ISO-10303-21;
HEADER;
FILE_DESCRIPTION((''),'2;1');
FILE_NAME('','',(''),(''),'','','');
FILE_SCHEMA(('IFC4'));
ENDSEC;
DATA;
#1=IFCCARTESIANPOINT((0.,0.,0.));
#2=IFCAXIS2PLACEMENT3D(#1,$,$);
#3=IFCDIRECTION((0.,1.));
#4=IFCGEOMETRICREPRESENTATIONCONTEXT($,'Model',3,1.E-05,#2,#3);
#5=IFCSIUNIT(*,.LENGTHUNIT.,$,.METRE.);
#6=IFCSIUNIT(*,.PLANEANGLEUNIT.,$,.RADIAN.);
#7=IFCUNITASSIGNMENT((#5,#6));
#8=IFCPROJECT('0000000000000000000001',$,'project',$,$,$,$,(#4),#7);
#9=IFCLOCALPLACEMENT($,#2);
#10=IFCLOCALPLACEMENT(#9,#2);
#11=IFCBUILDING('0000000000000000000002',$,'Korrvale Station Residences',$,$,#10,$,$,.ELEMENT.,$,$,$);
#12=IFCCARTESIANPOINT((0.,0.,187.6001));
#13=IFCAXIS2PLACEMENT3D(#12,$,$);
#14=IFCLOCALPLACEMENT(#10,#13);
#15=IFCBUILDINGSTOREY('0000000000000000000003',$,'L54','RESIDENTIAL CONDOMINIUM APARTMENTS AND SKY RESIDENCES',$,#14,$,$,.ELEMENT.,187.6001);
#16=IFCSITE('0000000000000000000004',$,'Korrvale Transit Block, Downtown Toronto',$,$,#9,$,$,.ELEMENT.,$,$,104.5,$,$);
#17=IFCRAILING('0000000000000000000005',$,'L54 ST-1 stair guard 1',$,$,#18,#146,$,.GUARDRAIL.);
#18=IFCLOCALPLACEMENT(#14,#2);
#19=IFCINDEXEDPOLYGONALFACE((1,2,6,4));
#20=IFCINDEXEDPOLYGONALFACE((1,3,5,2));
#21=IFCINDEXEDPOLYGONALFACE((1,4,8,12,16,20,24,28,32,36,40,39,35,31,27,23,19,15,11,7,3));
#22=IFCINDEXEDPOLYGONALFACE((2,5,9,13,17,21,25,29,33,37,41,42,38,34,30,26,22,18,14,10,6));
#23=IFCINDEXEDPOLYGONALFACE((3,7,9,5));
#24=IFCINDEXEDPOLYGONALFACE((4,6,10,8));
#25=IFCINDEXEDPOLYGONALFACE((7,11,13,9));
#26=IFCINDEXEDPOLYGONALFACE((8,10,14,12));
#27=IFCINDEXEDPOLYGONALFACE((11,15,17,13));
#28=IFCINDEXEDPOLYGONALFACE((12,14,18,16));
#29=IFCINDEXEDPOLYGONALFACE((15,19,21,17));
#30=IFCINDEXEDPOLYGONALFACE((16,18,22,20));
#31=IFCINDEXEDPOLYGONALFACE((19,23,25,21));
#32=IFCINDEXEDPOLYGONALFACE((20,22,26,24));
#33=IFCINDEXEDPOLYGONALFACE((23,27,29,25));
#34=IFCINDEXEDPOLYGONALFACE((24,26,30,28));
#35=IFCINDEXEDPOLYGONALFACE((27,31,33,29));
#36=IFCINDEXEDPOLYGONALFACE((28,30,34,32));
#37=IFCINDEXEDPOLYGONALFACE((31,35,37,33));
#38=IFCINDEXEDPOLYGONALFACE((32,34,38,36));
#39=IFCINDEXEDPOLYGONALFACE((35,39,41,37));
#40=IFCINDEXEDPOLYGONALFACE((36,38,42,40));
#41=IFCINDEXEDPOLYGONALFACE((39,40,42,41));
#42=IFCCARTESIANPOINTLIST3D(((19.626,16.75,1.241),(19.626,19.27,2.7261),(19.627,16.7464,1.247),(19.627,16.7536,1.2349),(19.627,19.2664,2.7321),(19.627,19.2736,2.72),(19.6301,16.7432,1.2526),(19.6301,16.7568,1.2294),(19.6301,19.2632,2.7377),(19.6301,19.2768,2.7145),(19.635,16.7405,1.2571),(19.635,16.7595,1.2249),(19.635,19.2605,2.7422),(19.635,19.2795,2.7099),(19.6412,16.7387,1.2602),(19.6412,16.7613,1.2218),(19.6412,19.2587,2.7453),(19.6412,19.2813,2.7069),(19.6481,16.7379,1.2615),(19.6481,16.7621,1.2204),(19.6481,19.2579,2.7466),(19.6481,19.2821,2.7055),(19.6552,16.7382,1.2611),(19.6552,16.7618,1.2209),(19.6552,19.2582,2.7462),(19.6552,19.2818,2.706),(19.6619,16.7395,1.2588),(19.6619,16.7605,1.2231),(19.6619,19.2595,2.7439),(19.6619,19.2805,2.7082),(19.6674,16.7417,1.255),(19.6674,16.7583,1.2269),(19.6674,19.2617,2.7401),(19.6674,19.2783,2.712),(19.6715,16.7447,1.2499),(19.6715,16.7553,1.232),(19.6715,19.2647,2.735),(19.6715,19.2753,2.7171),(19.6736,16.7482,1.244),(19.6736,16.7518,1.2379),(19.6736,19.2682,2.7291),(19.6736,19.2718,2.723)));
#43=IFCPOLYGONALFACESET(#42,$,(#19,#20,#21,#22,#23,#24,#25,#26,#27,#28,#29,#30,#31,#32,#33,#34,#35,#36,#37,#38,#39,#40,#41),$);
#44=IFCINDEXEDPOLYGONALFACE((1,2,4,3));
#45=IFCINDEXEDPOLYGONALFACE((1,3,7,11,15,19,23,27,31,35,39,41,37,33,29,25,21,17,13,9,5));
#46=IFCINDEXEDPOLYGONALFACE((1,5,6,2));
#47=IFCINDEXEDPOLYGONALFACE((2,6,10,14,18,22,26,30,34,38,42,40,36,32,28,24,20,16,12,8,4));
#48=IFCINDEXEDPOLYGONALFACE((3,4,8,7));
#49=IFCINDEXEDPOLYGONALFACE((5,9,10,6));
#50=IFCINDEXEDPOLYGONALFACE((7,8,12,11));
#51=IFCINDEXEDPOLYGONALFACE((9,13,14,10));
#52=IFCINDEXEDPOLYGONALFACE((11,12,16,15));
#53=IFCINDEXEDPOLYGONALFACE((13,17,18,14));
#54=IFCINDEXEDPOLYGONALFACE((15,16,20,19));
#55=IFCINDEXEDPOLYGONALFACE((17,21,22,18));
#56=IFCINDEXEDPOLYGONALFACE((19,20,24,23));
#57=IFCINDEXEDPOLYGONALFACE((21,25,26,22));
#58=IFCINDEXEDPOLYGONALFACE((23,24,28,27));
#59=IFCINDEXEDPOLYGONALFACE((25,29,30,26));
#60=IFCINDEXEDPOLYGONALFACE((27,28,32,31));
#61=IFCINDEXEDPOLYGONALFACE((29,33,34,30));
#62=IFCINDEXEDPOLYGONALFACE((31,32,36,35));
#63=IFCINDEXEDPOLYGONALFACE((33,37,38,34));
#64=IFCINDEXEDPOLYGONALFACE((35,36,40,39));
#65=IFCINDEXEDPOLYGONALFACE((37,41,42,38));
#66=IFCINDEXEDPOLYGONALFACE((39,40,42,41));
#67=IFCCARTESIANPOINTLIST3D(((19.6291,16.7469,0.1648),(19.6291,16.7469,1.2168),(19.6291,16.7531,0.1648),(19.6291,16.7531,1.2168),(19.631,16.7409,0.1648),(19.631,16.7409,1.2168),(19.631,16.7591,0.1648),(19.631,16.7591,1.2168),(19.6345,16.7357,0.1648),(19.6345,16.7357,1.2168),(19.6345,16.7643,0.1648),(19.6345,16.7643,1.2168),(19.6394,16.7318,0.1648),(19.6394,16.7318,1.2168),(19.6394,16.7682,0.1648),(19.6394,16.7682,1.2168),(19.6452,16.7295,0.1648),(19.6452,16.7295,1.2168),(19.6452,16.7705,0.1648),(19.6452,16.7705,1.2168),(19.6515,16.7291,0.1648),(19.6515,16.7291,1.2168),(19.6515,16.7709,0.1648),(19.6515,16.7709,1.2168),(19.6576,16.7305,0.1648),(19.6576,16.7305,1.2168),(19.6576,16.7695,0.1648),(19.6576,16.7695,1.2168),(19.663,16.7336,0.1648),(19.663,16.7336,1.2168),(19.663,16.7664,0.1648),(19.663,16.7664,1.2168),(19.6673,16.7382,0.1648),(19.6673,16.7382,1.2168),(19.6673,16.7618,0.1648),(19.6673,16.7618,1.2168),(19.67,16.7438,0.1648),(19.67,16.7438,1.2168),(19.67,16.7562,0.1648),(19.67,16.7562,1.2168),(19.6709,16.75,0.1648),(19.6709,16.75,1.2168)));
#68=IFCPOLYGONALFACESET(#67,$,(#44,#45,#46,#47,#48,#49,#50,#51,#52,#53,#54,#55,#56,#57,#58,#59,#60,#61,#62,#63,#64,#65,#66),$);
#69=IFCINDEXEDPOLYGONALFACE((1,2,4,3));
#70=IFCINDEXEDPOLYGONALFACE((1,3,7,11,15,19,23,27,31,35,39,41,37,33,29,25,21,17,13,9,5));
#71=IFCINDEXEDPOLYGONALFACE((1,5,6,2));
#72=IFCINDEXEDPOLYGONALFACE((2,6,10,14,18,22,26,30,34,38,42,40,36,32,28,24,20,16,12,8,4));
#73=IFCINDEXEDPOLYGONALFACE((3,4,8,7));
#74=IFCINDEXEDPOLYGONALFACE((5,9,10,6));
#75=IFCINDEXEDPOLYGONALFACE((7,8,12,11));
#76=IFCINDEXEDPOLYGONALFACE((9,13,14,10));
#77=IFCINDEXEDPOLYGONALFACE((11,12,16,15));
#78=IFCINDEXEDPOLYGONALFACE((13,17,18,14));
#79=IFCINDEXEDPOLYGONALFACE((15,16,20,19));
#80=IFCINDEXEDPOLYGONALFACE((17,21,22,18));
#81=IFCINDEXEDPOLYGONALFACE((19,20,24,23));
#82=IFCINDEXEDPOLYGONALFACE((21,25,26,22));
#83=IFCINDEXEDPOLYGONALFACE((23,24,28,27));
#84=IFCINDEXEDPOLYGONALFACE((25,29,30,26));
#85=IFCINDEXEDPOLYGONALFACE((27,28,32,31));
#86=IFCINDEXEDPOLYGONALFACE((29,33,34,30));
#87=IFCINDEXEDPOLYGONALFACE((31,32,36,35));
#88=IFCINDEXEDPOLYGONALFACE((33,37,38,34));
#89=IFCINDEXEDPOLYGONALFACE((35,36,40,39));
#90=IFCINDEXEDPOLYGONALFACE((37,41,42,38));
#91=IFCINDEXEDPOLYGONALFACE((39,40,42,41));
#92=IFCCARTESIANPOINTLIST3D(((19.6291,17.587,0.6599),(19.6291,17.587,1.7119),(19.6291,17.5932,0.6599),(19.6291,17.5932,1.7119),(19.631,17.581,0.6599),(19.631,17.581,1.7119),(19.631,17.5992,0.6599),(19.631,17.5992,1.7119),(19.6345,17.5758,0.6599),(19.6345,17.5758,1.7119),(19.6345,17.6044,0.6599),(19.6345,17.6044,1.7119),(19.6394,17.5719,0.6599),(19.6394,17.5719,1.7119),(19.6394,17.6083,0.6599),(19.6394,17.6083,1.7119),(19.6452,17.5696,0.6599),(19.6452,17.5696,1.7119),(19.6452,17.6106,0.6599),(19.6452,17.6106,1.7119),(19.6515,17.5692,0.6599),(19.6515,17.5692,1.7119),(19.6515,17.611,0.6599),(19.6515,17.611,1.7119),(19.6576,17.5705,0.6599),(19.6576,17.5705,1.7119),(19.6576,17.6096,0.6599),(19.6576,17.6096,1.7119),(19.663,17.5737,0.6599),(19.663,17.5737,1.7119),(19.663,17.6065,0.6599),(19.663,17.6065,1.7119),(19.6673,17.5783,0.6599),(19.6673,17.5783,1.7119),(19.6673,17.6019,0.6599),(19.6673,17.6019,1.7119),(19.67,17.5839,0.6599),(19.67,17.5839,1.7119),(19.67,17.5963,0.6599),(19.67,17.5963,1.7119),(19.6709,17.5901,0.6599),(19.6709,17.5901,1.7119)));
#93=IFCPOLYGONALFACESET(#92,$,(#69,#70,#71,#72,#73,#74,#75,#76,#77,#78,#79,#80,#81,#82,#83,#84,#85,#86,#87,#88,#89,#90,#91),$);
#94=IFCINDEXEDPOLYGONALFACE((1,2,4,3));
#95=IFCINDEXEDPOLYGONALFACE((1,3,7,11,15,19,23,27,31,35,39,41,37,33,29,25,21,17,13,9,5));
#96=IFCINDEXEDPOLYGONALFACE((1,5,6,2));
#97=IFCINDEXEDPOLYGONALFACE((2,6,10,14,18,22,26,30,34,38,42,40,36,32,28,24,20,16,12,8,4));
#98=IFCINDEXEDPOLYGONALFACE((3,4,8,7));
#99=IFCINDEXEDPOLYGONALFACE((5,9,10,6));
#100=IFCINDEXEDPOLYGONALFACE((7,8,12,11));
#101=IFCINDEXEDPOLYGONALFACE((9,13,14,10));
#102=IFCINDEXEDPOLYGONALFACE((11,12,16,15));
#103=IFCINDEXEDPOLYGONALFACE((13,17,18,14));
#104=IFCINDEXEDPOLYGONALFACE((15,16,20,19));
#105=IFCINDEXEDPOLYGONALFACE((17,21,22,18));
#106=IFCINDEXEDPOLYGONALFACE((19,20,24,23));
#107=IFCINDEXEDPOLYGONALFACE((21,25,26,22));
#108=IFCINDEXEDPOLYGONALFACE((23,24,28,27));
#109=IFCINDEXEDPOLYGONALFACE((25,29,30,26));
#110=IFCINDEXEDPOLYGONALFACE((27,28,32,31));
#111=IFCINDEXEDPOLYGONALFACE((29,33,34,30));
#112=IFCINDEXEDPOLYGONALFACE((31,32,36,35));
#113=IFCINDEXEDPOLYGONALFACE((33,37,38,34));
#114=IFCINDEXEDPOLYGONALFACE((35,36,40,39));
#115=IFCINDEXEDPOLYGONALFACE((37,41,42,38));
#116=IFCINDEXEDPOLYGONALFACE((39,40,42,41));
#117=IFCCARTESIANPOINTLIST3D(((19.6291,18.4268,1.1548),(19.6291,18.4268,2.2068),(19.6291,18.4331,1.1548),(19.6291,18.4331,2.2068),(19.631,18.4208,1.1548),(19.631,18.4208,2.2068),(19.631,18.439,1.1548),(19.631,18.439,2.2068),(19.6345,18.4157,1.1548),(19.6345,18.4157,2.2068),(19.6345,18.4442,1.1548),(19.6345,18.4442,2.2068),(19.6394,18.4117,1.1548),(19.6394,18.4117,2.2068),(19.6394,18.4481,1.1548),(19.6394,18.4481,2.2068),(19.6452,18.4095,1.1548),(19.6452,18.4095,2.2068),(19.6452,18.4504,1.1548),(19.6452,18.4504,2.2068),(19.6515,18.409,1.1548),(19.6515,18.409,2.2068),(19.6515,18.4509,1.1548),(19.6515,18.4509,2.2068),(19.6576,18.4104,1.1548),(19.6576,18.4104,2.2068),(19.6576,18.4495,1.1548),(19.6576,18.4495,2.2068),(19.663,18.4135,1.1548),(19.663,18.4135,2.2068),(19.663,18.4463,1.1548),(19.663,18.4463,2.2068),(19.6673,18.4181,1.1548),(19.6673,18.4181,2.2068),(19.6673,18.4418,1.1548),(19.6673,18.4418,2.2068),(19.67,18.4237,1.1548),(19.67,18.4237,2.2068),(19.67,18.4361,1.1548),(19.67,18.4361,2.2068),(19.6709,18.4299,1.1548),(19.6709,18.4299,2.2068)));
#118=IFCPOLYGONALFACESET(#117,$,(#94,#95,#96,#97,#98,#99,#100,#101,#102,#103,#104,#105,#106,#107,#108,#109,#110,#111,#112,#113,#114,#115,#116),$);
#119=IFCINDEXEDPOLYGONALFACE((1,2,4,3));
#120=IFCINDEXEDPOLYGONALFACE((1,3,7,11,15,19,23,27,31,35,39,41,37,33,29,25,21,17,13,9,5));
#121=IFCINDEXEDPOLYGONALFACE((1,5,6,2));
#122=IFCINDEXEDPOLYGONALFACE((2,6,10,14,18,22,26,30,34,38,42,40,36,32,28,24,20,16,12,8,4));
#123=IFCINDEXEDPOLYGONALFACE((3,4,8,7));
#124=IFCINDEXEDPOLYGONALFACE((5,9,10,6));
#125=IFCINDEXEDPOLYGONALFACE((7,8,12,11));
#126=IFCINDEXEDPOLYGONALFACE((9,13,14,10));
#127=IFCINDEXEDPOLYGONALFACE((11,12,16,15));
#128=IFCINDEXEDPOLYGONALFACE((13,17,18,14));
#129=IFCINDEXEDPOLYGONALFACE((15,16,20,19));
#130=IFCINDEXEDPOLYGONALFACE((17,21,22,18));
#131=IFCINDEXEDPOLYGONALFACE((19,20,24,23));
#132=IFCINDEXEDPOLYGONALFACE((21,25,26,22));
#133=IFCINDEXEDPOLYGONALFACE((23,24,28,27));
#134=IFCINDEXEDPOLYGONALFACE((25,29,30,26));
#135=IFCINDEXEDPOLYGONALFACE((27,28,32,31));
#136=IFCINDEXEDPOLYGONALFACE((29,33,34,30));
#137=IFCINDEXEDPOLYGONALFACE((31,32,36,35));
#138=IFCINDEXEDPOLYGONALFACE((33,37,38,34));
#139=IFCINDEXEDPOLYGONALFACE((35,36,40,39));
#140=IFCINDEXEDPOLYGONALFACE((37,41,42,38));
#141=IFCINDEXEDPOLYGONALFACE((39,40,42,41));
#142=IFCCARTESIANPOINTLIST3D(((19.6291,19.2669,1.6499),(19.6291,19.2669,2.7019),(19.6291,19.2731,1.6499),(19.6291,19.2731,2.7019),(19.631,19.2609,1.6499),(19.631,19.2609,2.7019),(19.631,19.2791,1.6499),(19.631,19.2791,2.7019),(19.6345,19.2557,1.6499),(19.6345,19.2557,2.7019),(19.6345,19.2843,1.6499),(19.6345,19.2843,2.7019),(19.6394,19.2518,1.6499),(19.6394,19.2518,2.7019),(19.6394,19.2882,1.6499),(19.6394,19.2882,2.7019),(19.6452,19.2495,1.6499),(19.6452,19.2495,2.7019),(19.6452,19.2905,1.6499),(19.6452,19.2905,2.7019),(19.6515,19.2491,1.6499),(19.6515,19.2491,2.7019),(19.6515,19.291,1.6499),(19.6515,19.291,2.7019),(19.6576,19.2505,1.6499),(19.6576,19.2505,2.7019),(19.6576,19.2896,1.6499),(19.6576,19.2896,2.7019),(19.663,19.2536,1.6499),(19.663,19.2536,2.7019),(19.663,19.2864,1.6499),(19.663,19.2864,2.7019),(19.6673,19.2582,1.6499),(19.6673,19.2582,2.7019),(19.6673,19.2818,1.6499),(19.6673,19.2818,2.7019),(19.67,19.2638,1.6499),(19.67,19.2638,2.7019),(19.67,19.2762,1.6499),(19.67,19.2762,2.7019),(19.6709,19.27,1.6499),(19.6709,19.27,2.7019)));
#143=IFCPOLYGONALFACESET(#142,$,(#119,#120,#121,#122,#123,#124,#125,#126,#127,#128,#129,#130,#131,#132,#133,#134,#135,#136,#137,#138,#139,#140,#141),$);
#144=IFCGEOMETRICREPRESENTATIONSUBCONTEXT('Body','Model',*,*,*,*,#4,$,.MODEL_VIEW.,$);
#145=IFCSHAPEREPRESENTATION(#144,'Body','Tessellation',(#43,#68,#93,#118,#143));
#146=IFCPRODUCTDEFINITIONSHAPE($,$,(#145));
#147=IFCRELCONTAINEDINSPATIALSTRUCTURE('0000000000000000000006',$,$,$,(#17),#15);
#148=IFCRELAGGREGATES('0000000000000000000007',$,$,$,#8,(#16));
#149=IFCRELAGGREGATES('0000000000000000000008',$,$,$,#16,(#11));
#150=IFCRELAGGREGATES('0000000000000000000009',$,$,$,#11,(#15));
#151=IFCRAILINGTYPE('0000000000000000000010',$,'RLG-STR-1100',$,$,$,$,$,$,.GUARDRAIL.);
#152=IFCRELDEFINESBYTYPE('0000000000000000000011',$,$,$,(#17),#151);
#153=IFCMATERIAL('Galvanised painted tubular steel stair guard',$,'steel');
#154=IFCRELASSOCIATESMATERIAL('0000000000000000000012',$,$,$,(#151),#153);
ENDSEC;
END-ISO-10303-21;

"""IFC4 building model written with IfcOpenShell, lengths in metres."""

from ifc_helpers import new_model, si_unit, direction, frame, origin, origin_2d, place, context, subcontext, project, spatial, circle, extrude, material, type_object, element, save


model = new_model("IFC4")

# Units and contexts
model_context = context("Model", 3, precision=1e-05, world=origin(), true_north=direction((0.0, 1.0)))
body_context = subcontext(model_context, "Body", "Model", "MODEL_VIEW")
ifc_project = project(units=[si_unit("LENGTHUNIT", "METRE"), si_unit("PLANEANGLEUNIT", "RADIAN")], contexts=[model_context])

# Site, building, storey
site_placement = place(None, origin())
site = spatial("IfcSite", under=ifc_project, at=site_placement, Name="Korrvale Transit Block, Downtown Toronto", CompositionType="ELEMENT", RefElevation=104.5)
building_placement = place(site_placement, origin())
building = spatial("IfcBuilding", under=site, at=building_placement, Name="Korrvale Station Residences", CompositionType="ELEMENT")
storey_placement = place(building_placement, frame((0.0, 0.0, 187.6001)))
storey = spatial("IfcBuildingStorey", under=building, at=storey_placement, Name="L54", Description="RESIDENTIAL CONDOMINIUM APARTMENTS AND SKY RESIDENCES", CompositionType="ELEMENT", Elevation=187.6001)

# Railing
ifc_material_1 = material(Name="Galvanised painted tubular steel stair guard", Category="steel")
railing_type_1 = type_object("IfcRailingType", Name="RLG-STR-1100", PredefinedType="GUARDRAIL", material=ifc_material_1)
railing_1_placement = place(storey_placement, frame((19.6499, 16.75, 0.1648)))
element("IfcRailing", 1, at=railing_1_placement, inside=storey, type_object=railing_type_1, Name="L54 ST-1 stair guard 1", PredefinedType="GUARDRAIL", context=body_context, shape_type="SweptSolid", body=[
    extrude(circle(Radius=0.0239, at=origin_2d()), frame((0.0, 0.0, 1.0762), z_axis=(0.0, 0.861524, 0.507717), x_axis=(-1.0, 0.0, 0.0)), (0.0, 0.0, 1.0), 2.925),
    extrude(circle(Radius=0.021, at=origin_2d()), origin(), (0.0, 0.0, 1.0), 1.052),
    extrude(circle(Radius=0.021, at=origin_2d()), frame((0.0, 0.8401, 0.4951)), (0.0, 0.0, 1.0), 1.052),
    extrude(circle(Radius=0.021, at=origin_2d()), frame((0.0, 1.6799, 0.99)), (0.0, 0.0, 1.0), 1.052),
    extrude(circle(Radius=0.021, at=origin_2d()), frame((0.0, 2.52, 1.4851)), (0.0, 0.0, 1.0), 1.052),
])

save(model, "model.ifc")
